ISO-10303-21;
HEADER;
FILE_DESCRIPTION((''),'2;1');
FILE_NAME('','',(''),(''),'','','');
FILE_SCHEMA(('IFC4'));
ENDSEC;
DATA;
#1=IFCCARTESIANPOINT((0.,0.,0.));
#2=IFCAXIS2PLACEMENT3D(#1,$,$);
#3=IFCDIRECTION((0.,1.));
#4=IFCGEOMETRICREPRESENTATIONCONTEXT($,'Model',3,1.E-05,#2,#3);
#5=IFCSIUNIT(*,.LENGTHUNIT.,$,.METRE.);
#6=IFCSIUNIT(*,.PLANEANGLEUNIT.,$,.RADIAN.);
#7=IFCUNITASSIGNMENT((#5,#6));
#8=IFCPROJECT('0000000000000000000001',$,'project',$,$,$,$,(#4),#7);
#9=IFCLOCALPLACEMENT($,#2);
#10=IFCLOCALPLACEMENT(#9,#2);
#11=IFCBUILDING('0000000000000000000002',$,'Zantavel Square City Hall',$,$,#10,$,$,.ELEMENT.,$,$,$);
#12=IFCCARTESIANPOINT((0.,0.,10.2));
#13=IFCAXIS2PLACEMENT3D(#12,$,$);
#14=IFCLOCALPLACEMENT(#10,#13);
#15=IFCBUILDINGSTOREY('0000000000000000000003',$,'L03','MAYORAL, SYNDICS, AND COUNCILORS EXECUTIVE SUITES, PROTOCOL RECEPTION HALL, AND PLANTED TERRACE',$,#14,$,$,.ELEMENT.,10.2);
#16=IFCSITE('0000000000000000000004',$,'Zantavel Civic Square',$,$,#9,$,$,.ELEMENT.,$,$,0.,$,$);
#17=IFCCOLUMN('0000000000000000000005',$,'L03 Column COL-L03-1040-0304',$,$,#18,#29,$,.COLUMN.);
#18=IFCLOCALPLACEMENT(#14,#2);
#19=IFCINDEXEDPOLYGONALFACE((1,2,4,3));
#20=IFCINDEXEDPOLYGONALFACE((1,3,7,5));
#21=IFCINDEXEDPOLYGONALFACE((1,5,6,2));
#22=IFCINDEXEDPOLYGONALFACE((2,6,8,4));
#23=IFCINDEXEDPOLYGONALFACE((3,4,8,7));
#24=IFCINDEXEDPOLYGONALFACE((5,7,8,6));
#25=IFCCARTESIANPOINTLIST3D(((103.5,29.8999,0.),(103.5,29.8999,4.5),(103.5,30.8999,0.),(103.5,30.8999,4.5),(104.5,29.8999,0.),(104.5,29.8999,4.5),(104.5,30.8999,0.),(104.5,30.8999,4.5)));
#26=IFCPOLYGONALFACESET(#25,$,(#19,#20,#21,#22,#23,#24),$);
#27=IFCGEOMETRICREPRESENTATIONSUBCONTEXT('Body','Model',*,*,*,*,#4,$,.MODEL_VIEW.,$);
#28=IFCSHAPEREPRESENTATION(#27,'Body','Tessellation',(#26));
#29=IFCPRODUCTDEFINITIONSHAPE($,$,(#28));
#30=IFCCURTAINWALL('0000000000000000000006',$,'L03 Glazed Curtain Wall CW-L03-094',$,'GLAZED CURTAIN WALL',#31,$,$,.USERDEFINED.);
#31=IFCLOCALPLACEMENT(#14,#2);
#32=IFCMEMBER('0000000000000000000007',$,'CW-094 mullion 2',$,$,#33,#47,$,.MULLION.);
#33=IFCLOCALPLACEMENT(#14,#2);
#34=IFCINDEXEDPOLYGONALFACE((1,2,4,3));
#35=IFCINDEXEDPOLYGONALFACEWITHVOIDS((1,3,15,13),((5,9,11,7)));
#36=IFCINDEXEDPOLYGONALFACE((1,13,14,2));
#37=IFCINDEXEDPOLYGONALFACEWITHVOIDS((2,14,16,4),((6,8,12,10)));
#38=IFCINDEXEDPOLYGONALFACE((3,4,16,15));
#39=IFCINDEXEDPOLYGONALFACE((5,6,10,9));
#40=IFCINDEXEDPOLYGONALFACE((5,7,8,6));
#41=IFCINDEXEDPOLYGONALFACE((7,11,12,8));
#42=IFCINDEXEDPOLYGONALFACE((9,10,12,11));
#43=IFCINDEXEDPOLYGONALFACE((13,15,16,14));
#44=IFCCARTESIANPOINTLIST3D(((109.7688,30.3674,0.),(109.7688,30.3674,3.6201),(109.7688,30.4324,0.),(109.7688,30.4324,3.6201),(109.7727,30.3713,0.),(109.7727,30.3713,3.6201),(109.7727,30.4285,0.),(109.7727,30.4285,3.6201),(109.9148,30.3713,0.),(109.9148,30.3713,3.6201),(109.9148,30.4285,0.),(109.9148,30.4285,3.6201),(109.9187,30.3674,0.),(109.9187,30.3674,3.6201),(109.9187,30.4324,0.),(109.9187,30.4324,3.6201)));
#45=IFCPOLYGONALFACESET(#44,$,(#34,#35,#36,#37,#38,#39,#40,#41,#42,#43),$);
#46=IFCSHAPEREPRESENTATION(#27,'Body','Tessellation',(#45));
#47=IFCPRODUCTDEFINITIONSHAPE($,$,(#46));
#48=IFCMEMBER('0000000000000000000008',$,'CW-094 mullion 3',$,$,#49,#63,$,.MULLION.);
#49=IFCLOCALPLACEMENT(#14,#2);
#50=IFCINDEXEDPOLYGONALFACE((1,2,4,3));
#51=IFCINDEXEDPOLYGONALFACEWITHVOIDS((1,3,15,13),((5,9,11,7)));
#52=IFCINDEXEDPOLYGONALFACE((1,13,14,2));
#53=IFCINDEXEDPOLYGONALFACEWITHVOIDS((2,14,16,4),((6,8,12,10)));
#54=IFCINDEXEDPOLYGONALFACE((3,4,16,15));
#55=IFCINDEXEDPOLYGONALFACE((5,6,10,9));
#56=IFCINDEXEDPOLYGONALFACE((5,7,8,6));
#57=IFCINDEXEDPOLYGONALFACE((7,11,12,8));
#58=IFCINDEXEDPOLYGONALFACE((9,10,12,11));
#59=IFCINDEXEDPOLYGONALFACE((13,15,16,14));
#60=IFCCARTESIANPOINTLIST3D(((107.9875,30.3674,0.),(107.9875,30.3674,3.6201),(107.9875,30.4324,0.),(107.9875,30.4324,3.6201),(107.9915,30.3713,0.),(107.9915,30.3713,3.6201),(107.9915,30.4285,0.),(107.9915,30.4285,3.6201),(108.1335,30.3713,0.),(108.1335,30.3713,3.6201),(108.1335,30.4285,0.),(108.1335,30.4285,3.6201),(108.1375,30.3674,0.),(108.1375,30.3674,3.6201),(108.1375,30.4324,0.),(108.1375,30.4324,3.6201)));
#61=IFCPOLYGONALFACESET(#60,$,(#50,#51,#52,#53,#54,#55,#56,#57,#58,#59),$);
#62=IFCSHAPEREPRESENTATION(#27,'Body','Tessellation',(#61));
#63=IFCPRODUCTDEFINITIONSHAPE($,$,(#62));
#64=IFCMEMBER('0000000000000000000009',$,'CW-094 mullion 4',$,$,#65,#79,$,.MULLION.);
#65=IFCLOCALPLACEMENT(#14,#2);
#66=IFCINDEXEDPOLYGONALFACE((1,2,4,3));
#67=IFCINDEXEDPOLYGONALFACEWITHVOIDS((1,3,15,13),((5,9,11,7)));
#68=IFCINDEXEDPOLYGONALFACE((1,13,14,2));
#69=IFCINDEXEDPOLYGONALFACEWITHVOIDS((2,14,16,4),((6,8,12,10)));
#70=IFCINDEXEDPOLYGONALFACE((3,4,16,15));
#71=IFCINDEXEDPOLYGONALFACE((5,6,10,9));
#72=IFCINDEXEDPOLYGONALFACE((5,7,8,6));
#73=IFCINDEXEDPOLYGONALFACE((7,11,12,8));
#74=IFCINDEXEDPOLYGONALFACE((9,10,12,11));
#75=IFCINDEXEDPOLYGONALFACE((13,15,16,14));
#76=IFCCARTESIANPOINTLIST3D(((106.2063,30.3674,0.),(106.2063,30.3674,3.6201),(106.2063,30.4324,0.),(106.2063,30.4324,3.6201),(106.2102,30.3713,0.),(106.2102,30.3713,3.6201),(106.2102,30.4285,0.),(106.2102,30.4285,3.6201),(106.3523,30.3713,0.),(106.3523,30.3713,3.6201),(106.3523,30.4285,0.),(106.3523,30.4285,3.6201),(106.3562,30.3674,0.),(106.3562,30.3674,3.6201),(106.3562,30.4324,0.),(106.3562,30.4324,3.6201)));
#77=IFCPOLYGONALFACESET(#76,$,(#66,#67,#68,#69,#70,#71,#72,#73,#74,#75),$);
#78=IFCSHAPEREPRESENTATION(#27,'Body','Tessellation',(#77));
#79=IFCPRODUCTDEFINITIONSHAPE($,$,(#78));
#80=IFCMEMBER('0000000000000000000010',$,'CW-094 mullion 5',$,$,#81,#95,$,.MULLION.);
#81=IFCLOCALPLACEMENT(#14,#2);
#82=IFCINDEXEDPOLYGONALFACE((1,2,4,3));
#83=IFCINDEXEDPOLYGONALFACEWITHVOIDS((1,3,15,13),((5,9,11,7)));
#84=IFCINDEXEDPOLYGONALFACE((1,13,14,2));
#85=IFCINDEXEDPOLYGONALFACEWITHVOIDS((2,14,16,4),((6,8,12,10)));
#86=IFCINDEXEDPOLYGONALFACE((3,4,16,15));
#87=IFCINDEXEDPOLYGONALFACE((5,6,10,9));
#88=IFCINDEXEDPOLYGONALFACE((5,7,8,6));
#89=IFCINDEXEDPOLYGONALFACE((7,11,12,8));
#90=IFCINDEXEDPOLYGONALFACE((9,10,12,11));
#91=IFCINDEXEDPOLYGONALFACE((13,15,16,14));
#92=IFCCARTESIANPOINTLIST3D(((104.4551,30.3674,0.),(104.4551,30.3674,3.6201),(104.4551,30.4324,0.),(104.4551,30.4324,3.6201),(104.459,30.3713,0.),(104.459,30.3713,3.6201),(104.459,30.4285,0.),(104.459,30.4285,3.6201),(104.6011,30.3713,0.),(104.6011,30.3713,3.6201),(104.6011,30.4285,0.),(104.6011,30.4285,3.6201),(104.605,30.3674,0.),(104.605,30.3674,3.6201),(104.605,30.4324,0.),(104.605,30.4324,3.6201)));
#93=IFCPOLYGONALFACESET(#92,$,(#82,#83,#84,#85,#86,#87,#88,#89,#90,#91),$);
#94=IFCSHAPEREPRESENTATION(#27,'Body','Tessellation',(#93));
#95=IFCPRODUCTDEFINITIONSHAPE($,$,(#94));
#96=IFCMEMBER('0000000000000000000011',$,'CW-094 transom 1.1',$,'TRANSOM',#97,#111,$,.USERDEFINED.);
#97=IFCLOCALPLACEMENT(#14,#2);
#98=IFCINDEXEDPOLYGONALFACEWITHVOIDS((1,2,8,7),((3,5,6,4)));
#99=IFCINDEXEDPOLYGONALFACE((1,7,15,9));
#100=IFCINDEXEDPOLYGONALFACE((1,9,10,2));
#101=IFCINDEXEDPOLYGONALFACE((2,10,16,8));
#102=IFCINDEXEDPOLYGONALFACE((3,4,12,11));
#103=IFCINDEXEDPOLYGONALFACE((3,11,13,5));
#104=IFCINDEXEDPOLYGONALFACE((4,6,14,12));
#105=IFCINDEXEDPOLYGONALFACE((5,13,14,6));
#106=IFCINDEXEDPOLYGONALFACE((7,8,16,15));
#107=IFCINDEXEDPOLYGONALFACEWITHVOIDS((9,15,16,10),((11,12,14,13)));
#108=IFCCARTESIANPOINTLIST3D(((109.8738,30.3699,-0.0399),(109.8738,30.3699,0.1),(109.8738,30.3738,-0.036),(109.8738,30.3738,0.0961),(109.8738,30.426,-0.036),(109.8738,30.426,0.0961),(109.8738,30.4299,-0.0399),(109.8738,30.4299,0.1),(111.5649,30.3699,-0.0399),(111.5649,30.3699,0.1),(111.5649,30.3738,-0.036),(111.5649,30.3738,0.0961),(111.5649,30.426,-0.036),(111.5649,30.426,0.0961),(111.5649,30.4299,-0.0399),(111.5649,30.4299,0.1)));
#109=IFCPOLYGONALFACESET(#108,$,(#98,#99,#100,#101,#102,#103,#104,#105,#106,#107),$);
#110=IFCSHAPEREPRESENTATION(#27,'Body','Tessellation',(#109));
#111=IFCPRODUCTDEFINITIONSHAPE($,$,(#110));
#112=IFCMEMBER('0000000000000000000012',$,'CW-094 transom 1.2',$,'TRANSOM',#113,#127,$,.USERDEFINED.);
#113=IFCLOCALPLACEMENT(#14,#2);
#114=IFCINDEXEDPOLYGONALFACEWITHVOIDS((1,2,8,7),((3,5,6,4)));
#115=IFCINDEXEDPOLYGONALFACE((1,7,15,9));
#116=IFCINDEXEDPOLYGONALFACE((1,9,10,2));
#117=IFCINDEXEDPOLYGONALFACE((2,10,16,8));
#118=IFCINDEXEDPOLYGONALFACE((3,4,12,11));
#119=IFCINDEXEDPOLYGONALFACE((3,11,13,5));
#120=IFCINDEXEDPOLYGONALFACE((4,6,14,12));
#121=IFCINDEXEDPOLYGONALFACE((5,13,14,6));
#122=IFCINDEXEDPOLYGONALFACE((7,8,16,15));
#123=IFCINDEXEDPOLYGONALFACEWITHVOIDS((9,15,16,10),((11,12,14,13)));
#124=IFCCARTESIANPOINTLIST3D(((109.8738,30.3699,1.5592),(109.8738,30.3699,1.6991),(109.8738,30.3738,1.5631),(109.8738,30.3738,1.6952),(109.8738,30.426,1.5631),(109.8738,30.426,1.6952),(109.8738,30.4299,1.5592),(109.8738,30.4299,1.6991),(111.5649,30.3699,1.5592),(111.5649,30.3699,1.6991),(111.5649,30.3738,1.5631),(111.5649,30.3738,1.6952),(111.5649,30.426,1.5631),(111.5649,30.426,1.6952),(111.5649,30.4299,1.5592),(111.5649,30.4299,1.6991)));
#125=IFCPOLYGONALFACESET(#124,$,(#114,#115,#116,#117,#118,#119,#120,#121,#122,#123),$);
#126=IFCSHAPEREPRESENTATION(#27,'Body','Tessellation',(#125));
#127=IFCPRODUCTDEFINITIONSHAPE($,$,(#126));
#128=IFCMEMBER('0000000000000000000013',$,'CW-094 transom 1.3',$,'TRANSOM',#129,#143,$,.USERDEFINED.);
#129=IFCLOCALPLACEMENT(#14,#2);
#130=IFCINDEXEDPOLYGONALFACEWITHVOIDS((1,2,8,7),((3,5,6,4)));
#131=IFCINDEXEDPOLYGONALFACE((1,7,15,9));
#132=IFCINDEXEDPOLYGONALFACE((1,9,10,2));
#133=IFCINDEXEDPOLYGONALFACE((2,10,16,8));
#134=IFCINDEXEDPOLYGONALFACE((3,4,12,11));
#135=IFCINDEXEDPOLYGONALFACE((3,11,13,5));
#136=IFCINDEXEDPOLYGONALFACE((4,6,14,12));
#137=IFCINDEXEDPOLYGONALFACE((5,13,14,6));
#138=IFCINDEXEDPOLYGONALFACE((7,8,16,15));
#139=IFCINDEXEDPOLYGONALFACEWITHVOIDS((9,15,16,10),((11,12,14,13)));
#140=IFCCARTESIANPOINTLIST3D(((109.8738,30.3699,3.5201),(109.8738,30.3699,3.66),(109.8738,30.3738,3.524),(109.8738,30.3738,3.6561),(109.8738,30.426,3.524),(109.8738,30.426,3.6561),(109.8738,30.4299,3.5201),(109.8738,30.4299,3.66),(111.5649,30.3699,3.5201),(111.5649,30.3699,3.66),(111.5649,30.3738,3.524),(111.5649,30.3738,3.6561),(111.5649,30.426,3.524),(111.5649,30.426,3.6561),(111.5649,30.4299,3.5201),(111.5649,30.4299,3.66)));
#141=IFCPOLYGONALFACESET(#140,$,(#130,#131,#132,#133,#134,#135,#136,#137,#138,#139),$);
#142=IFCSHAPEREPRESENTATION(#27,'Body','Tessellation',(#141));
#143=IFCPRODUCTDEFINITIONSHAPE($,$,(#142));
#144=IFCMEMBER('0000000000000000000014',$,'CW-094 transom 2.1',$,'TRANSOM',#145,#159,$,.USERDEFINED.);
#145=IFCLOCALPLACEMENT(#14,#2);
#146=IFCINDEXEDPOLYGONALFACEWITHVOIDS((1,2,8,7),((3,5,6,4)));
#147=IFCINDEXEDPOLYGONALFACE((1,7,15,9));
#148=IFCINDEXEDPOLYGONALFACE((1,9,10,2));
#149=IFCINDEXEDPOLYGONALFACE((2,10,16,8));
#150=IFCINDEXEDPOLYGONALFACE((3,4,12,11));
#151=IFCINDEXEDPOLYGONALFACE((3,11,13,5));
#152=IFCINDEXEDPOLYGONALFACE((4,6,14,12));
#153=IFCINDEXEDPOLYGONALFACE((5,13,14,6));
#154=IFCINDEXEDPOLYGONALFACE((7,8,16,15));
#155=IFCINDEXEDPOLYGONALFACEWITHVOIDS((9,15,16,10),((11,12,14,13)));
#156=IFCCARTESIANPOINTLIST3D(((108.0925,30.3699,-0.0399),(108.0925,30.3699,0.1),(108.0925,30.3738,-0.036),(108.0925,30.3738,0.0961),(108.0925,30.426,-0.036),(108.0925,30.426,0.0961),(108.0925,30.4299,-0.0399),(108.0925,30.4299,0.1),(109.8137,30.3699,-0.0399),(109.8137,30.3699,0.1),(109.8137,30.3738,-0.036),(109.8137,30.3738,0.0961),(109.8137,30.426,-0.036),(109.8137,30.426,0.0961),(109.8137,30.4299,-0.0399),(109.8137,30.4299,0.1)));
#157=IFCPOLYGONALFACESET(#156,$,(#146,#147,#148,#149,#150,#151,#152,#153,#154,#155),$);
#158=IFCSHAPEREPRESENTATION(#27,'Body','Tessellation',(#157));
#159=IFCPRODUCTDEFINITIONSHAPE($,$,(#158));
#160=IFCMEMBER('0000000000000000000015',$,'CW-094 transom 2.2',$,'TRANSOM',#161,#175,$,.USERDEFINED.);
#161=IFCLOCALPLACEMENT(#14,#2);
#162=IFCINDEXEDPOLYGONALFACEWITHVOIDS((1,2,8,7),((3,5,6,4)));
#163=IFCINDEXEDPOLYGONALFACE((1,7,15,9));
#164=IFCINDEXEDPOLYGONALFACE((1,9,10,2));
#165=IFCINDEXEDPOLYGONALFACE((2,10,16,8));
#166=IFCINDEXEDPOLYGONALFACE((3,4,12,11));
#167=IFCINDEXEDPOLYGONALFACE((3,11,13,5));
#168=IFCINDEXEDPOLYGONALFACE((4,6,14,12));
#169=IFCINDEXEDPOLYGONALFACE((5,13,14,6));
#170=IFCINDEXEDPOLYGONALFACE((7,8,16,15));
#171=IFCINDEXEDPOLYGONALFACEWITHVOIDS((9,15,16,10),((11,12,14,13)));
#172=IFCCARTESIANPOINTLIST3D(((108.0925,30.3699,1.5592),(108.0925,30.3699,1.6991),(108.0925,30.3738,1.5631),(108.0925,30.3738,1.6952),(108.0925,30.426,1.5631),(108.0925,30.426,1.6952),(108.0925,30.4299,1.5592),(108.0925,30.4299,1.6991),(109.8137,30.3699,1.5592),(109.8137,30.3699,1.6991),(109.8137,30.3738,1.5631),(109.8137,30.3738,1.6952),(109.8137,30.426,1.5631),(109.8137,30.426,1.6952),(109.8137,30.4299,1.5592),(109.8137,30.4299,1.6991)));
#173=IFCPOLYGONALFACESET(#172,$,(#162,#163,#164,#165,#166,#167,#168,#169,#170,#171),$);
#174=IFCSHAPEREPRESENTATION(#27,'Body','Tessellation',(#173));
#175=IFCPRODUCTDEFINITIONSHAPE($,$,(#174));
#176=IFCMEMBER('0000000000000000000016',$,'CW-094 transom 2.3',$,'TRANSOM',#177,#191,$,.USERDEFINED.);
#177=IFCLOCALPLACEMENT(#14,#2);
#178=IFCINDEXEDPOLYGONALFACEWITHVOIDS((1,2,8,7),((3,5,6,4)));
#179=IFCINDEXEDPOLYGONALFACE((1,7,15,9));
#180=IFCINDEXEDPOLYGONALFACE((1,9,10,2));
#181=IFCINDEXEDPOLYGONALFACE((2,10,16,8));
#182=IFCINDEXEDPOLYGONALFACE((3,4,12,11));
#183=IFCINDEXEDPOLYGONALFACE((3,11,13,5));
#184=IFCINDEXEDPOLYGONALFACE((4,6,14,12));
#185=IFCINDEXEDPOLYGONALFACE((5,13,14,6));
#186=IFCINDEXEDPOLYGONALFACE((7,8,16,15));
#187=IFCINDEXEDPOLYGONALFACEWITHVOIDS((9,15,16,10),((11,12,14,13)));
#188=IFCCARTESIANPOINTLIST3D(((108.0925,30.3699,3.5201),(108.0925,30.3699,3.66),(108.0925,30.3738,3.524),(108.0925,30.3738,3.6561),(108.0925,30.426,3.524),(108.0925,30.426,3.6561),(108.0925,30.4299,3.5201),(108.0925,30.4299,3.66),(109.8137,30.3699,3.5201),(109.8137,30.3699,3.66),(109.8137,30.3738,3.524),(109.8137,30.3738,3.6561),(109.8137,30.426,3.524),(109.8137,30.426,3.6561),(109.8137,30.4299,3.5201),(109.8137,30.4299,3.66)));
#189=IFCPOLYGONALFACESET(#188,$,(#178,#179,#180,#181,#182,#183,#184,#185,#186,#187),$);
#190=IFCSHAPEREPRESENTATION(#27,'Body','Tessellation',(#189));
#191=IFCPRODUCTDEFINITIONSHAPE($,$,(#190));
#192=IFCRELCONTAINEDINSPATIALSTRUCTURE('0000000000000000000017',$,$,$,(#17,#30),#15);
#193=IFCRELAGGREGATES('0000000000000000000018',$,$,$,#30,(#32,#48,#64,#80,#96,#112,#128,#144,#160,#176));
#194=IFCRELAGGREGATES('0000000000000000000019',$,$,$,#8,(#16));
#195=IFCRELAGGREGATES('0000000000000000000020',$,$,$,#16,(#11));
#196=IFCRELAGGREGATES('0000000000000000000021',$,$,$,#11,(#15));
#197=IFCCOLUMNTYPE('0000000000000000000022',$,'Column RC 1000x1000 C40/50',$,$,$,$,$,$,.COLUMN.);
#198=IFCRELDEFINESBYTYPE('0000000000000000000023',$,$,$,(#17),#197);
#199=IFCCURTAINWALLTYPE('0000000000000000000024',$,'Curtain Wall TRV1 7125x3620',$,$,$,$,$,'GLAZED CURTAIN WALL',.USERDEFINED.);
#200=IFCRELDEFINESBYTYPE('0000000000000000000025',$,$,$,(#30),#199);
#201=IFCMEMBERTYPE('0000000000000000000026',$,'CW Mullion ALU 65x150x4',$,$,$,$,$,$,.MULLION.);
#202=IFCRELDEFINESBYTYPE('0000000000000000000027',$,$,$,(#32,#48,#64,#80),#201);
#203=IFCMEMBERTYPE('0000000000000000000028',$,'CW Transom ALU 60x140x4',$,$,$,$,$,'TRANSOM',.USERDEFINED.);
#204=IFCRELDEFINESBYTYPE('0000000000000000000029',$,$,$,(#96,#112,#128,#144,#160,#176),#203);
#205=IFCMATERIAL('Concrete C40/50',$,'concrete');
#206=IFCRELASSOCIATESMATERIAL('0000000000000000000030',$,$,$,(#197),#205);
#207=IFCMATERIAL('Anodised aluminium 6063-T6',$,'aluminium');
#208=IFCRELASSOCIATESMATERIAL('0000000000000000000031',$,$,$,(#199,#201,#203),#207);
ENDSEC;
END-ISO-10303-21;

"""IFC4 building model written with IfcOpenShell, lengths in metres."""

from ifc_helpers import new_model, si_unit, direction, frame, origin, origin_2d, place, context, subcontext, project, spatial, rectangle, hollow_rectangle, extrude, material, material_profile, profile_set, type_object, element, aggregate, save


model = new_model("IFC4")

# Units and contexts
model_context = context("Model", 3, precision=1e-05, world=origin(), true_north=direction((0.0, 1.0)))
body_context = subcontext(model_context, "Body", "Model", "MODEL_VIEW")
ifc_project = project(units=[si_unit("LENGTHUNIT", "METRE"), si_unit("PLANEANGLEUNIT", "RADIAN")], contexts=[model_context])

# Site, building, storey
site_placement = place(None, origin())
site = spatial("IfcSite", under=ifc_project, at=site_placement, Name="Zantavel Civic Square", CompositionType="ELEMENT", RefElevation=0.0)
building_placement = place(site_placement, origin())
building = spatial("IfcBuilding", under=site, at=building_placement, Name="Zantavel Square City Hall", CompositionType="ELEMENT")
storey_placement = place(building_placement, frame((0.0, 0.0, 10.2)))
storey = spatial("IfcBuildingStorey", under=building, at=storey_placement, Name="L03", Description="MAYORAL, SYNDICS, AND COUNCILORS EXECUTIVE SUITES, PROTOCOL RECEPTION HALL, AND PLANTED TERRACE", CompositionType="ELEMENT", Elevation=10.2)

# Column
ifc_material_1 = material(Name="Concrete C40/50", Category="concrete")
ifc_material_profile_1 = material_profile(ifc_material_1, rectangle(XDim=1.0, YDim=1.0, at=origin_2d()), Name="RC 1000x1000")
ifc_profile_set_1 = profile_set([ifc_material_profile_1], Name="Concrete C40/50")
column_type = type_object("IfcColumnType", Name="Column RC 1000x1000 C40/50", PredefinedType="COLUMN", material=ifc_profile_set_1)
column_placement = place(storey_placement, frame((104.0, 30.3999, 0.0), z_axis=(0.0, 0.0, 1.0), x_axis=(1.0, 0.0, 0.0)))
element("IfcColumn", 1, at=column_placement, inside=storey, type_object=column_type, Name="L03 Column COL-L03-1040-0304", PredefinedType="COLUMN", context=body_context, shape_type="SweptSolid", body=[
    extrude(rectangle(XDim=1.0, YDim=1.0, at=origin_2d()), origin(), (0.0, 0.0, 1.0), 4.5),
])

# Curtain wall, members
ifc_material_2 = material(Name="Anodised aluminium 6063-T6", Category="aluminium")
curtain_wall_type = type_object("IfcCurtainWallType", Name="Curtain Wall TRV1 7125x3620", ElementType="GLAZED CURTAIN WALL", PredefinedType="USERDEFINED", material=ifc_material_2)
curtain_wall_placement = place(storey_placement, origin())
curtain_wall = element("IfcCurtainWall", 2, at=curtain_wall_placement, inside=storey, type_object=curtain_wall_type, Name="L03 Glazed Curtain Wall CW-L03-094", ObjectType="GLAZED CURTAIN WALL", PredefinedType="USERDEFINED")
ifc_material_profile_2 = material_profile(ifc_material_2, hollow_rectangle(XDim=0.0649, YDim=0.1499, WallThickness=0.0039, at=origin_2d()), Name="ALU 65x150x4")
ifc_profile_set_2 = profile_set([ifc_material_profile_2], Name="Anodised aluminium 6063-T6")
member_type_1 = type_object("IfcMemberType", Name="CW Mullion ALU 65x150x4", PredefinedType="MULLION", material=ifc_profile_set_2)
member_1_placement = place(storey_placement, frame((109.8438, 30.3999, 0.0), z_axis=(0.0, 0.0, 1.0), x_axis=(0.0, -1.0, 0.0)))
member_1 = element("IfcMember", 3, at=member_1_placement, type_object=member_type_1, Name="CW-094 mullion 2", PredefinedType="MULLION", context=body_context, shape_type="SweptSolid", body=[
    extrude(hollow_rectangle(XDim=0.0649, YDim=0.1499, WallThickness=0.0039, at=origin_2d()), origin(), (0.0, 0.0, 1.0), 3.6201),
])
member_2_placement = place(storey_placement, frame((108.0625, 30.3999, 0.0), z_axis=(0.0, 0.0, 1.0), x_axis=(0.0, -1.0, 0.0)))
member_2 = element("IfcMember", 4, at=member_2_placement, type_object=member_type_1, Name="CW-094 mullion 3", PredefinedType="MULLION", context=body_context, shape_type="SweptSolid", body=[
    extrude(hollow_rectangle(XDim=0.0649, YDim=0.1499, WallThickness=0.0039, at=origin_2d()), origin(), (0.0, 0.0, 1.0), 3.6201),
])
member_3_placement = place(storey_placement, frame((106.2812, 30.3999, 0.0), z_axis=(0.0, 0.0, 1.0), x_axis=(0.0, -1.0, 0.0)))
member_3 = element("IfcMember", 5, at=member_3_placement, type_object=member_type_1, Name="CW-094 mullion 4", PredefinedType="MULLION", context=body_context, shape_type="SweptSolid", body=[
    extrude(hollow_rectangle(XDim=0.0649, YDim=0.1499, WallThickness=0.0039, at=origin_2d()), origin(), (0.0, 0.0, 1.0), 3.6201),
])
member_4_placement = place(storey_placement, frame((104.53, 30.3999, 0.0), z_axis=(0.0, 0.0, 1.0), x_axis=(0.0, -1.0, 0.0)))
member_4 = element("IfcMember", 6, at=member_4_placement, type_object=member_type_1, Name="CW-094 mullion 5", PredefinedType="MULLION", context=body_context, shape_type="SweptSolid", body=[
    extrude(hollow_rectangle(XDim=0.0649, YDim=0.1499, WallThickness=0.0039, at=origin_2d()), origin(), (0.0, 0.0, 1.0), 3.6201),
])
ifc_material_profile_3 = material_profile(ifc_material_2, hollow_rectangle(XDim=0.0601, YDim=0.1399, WallThickness=0.0039, at=origin_2d()), Name="ALU 60x140x4")
ifc_profile_set_3 = profile_set([ifc_material_profile_3], Name="Anodised aluminium 6063-T6")
member_type_2 = type_object("IfcMemberType", Name="CW Transom ALU 60x140x4", ElementType="TRANSOM", PredefinedType="USERDEFINED", material=ifc_profile_set_3)
member_5_placement = place(storey_placement, frame((111.5649, 30.3999, 0.03), z_axis=(-1.0, 0.0, 0.0), x_axis=(0.0, -1.0, 0.0)))
member_5 = element("IfcMember", 7, at=member_5_placement, type_object=member_type_2, Name="CW-094 transom 1.1", ObjectType="TRANSOM", PredefinedType="USERDEFINED", context=body_context, shape_type="SweptSolid", body=[
    extrude(hollow_rectangle(XDim=0.0601, YDim=0.1399, WallThickness=0.0039, at=origin_2d()), origin(), (0.0, 0.0, 1.0), 1.6912),
])
member_6_placement = place(storey_placement, frame((111.5649, 30.3999, 1.6292), z_axis=(-1.0, 0.0, 0.0), x_axis=(0.0, -1.0, 0.0)))
member_6 = element("IfcMember", 8, at=member_6_placement, type_object=member_type_2, Name="CW-094 transom 1.2", ObjectType="TRANSOM", PredefinedType="USERDEFINED", context=body_context, shape_type="SweptSolid", body=[
    extrude(hollow_rectangle(XDim=0.0601, YDim=0.1399, WallThickness=0.0039, at=origin_2d()), origin(), (0.0, 0.0, 1.0), 1.6912),
])
member_7_placement = place(storey_placement, frame((111.5649, 30.3999, 3.5901), z_axis=(-1.0, 0.0, 0.0), x_axis=(0.0, -1.0, 0.0)))
member_7 = element("IfcMember", 9, at=member_7_placement, type_object=member_type_2, Name="CW-094 transom 1.3", ObjectType="TRANSOM", PredefinedType="USERDEFINED", context=body_context, shape_type="SweptSolid", body=[
    extrude(hollow_rectangle(XDim=0.0601, YDim=0.1399, WallThickness=0.0039, at=origin_2d()), origin(), (0.0, 0.0, 1.0), 1.6912),
])
member_8_placement = place(storey_placement, frame((109.8137, 30.3999, 0.03), z_axis=(-1.0, 0.0, 0.0), x_axis=(0.0, -1.0, 0.0)))
member_8 = element("IfcMember", 10, at=member_8_placement, type_object=member_type_2, Name="CW-094 transom 2.1", ObjectType="TRANSOM", PredefinedType="USERDEFINED", context=body_context, shape_type="SweptSolid", body=[
    extrude(hollow_rectangle(XDim=0.0601, YDim=0.1399, WallThickness=0.0039, at=origin_2d()), origin(), (0.0, 0.0, 1.0), 1.7212),
])
member_9_placement = place(storey_placement, frame((109.8137, 30.3999, 1.6292), z_axis=(-1.0, 0.0, 0.0), x_axis=(0.0, -1.0, 0.0)))
member_9 = element("IfcMember", 11, at=member_9_placement, type_object=member_type_2, Name="CW-094 transom 2.2", ObjectType="TRANSOM", PredefinedType="USERDEFINED", context=body_context, shape_type="SweptSolid", body=[
    extrude(hollow_rectangle(XDim=0.0601, YDim=0.1399, WallThickness=0.0039, at=origin_2d()), origin(), (0.0, 0.0, 1.0), 1.7212),
])
member_10_placement = place(storey_placement, frame((109.8137, 30.3999, 3.5901), z_axis=(-1.0, 0.0, 0.0), x_axis=(0.0, -1.0, 0.0)))
member_10 = element("IfcMember", 12, at=member_10_placement, type_object=member_type_2, Name="CW-094 transom 2.3", ObjectType="TRANSOM", PredefinedType="USERDEFINED", context=body_context, shape_type="SweptSolid", body=[
    extrude(hollow_rectangle(XDim=0.0601, YDim=0.1399, WallThickness=0.0039, at=origin_2d()), origin(), (0.0, 0.0, 1.0), 1.7212),
])

aggregate(curtain_wall, [member_1, member_2, member_3, member_4, member_5, member_6, member_7, member_8, member_9, member_10])

save(model, "model.ifc")
